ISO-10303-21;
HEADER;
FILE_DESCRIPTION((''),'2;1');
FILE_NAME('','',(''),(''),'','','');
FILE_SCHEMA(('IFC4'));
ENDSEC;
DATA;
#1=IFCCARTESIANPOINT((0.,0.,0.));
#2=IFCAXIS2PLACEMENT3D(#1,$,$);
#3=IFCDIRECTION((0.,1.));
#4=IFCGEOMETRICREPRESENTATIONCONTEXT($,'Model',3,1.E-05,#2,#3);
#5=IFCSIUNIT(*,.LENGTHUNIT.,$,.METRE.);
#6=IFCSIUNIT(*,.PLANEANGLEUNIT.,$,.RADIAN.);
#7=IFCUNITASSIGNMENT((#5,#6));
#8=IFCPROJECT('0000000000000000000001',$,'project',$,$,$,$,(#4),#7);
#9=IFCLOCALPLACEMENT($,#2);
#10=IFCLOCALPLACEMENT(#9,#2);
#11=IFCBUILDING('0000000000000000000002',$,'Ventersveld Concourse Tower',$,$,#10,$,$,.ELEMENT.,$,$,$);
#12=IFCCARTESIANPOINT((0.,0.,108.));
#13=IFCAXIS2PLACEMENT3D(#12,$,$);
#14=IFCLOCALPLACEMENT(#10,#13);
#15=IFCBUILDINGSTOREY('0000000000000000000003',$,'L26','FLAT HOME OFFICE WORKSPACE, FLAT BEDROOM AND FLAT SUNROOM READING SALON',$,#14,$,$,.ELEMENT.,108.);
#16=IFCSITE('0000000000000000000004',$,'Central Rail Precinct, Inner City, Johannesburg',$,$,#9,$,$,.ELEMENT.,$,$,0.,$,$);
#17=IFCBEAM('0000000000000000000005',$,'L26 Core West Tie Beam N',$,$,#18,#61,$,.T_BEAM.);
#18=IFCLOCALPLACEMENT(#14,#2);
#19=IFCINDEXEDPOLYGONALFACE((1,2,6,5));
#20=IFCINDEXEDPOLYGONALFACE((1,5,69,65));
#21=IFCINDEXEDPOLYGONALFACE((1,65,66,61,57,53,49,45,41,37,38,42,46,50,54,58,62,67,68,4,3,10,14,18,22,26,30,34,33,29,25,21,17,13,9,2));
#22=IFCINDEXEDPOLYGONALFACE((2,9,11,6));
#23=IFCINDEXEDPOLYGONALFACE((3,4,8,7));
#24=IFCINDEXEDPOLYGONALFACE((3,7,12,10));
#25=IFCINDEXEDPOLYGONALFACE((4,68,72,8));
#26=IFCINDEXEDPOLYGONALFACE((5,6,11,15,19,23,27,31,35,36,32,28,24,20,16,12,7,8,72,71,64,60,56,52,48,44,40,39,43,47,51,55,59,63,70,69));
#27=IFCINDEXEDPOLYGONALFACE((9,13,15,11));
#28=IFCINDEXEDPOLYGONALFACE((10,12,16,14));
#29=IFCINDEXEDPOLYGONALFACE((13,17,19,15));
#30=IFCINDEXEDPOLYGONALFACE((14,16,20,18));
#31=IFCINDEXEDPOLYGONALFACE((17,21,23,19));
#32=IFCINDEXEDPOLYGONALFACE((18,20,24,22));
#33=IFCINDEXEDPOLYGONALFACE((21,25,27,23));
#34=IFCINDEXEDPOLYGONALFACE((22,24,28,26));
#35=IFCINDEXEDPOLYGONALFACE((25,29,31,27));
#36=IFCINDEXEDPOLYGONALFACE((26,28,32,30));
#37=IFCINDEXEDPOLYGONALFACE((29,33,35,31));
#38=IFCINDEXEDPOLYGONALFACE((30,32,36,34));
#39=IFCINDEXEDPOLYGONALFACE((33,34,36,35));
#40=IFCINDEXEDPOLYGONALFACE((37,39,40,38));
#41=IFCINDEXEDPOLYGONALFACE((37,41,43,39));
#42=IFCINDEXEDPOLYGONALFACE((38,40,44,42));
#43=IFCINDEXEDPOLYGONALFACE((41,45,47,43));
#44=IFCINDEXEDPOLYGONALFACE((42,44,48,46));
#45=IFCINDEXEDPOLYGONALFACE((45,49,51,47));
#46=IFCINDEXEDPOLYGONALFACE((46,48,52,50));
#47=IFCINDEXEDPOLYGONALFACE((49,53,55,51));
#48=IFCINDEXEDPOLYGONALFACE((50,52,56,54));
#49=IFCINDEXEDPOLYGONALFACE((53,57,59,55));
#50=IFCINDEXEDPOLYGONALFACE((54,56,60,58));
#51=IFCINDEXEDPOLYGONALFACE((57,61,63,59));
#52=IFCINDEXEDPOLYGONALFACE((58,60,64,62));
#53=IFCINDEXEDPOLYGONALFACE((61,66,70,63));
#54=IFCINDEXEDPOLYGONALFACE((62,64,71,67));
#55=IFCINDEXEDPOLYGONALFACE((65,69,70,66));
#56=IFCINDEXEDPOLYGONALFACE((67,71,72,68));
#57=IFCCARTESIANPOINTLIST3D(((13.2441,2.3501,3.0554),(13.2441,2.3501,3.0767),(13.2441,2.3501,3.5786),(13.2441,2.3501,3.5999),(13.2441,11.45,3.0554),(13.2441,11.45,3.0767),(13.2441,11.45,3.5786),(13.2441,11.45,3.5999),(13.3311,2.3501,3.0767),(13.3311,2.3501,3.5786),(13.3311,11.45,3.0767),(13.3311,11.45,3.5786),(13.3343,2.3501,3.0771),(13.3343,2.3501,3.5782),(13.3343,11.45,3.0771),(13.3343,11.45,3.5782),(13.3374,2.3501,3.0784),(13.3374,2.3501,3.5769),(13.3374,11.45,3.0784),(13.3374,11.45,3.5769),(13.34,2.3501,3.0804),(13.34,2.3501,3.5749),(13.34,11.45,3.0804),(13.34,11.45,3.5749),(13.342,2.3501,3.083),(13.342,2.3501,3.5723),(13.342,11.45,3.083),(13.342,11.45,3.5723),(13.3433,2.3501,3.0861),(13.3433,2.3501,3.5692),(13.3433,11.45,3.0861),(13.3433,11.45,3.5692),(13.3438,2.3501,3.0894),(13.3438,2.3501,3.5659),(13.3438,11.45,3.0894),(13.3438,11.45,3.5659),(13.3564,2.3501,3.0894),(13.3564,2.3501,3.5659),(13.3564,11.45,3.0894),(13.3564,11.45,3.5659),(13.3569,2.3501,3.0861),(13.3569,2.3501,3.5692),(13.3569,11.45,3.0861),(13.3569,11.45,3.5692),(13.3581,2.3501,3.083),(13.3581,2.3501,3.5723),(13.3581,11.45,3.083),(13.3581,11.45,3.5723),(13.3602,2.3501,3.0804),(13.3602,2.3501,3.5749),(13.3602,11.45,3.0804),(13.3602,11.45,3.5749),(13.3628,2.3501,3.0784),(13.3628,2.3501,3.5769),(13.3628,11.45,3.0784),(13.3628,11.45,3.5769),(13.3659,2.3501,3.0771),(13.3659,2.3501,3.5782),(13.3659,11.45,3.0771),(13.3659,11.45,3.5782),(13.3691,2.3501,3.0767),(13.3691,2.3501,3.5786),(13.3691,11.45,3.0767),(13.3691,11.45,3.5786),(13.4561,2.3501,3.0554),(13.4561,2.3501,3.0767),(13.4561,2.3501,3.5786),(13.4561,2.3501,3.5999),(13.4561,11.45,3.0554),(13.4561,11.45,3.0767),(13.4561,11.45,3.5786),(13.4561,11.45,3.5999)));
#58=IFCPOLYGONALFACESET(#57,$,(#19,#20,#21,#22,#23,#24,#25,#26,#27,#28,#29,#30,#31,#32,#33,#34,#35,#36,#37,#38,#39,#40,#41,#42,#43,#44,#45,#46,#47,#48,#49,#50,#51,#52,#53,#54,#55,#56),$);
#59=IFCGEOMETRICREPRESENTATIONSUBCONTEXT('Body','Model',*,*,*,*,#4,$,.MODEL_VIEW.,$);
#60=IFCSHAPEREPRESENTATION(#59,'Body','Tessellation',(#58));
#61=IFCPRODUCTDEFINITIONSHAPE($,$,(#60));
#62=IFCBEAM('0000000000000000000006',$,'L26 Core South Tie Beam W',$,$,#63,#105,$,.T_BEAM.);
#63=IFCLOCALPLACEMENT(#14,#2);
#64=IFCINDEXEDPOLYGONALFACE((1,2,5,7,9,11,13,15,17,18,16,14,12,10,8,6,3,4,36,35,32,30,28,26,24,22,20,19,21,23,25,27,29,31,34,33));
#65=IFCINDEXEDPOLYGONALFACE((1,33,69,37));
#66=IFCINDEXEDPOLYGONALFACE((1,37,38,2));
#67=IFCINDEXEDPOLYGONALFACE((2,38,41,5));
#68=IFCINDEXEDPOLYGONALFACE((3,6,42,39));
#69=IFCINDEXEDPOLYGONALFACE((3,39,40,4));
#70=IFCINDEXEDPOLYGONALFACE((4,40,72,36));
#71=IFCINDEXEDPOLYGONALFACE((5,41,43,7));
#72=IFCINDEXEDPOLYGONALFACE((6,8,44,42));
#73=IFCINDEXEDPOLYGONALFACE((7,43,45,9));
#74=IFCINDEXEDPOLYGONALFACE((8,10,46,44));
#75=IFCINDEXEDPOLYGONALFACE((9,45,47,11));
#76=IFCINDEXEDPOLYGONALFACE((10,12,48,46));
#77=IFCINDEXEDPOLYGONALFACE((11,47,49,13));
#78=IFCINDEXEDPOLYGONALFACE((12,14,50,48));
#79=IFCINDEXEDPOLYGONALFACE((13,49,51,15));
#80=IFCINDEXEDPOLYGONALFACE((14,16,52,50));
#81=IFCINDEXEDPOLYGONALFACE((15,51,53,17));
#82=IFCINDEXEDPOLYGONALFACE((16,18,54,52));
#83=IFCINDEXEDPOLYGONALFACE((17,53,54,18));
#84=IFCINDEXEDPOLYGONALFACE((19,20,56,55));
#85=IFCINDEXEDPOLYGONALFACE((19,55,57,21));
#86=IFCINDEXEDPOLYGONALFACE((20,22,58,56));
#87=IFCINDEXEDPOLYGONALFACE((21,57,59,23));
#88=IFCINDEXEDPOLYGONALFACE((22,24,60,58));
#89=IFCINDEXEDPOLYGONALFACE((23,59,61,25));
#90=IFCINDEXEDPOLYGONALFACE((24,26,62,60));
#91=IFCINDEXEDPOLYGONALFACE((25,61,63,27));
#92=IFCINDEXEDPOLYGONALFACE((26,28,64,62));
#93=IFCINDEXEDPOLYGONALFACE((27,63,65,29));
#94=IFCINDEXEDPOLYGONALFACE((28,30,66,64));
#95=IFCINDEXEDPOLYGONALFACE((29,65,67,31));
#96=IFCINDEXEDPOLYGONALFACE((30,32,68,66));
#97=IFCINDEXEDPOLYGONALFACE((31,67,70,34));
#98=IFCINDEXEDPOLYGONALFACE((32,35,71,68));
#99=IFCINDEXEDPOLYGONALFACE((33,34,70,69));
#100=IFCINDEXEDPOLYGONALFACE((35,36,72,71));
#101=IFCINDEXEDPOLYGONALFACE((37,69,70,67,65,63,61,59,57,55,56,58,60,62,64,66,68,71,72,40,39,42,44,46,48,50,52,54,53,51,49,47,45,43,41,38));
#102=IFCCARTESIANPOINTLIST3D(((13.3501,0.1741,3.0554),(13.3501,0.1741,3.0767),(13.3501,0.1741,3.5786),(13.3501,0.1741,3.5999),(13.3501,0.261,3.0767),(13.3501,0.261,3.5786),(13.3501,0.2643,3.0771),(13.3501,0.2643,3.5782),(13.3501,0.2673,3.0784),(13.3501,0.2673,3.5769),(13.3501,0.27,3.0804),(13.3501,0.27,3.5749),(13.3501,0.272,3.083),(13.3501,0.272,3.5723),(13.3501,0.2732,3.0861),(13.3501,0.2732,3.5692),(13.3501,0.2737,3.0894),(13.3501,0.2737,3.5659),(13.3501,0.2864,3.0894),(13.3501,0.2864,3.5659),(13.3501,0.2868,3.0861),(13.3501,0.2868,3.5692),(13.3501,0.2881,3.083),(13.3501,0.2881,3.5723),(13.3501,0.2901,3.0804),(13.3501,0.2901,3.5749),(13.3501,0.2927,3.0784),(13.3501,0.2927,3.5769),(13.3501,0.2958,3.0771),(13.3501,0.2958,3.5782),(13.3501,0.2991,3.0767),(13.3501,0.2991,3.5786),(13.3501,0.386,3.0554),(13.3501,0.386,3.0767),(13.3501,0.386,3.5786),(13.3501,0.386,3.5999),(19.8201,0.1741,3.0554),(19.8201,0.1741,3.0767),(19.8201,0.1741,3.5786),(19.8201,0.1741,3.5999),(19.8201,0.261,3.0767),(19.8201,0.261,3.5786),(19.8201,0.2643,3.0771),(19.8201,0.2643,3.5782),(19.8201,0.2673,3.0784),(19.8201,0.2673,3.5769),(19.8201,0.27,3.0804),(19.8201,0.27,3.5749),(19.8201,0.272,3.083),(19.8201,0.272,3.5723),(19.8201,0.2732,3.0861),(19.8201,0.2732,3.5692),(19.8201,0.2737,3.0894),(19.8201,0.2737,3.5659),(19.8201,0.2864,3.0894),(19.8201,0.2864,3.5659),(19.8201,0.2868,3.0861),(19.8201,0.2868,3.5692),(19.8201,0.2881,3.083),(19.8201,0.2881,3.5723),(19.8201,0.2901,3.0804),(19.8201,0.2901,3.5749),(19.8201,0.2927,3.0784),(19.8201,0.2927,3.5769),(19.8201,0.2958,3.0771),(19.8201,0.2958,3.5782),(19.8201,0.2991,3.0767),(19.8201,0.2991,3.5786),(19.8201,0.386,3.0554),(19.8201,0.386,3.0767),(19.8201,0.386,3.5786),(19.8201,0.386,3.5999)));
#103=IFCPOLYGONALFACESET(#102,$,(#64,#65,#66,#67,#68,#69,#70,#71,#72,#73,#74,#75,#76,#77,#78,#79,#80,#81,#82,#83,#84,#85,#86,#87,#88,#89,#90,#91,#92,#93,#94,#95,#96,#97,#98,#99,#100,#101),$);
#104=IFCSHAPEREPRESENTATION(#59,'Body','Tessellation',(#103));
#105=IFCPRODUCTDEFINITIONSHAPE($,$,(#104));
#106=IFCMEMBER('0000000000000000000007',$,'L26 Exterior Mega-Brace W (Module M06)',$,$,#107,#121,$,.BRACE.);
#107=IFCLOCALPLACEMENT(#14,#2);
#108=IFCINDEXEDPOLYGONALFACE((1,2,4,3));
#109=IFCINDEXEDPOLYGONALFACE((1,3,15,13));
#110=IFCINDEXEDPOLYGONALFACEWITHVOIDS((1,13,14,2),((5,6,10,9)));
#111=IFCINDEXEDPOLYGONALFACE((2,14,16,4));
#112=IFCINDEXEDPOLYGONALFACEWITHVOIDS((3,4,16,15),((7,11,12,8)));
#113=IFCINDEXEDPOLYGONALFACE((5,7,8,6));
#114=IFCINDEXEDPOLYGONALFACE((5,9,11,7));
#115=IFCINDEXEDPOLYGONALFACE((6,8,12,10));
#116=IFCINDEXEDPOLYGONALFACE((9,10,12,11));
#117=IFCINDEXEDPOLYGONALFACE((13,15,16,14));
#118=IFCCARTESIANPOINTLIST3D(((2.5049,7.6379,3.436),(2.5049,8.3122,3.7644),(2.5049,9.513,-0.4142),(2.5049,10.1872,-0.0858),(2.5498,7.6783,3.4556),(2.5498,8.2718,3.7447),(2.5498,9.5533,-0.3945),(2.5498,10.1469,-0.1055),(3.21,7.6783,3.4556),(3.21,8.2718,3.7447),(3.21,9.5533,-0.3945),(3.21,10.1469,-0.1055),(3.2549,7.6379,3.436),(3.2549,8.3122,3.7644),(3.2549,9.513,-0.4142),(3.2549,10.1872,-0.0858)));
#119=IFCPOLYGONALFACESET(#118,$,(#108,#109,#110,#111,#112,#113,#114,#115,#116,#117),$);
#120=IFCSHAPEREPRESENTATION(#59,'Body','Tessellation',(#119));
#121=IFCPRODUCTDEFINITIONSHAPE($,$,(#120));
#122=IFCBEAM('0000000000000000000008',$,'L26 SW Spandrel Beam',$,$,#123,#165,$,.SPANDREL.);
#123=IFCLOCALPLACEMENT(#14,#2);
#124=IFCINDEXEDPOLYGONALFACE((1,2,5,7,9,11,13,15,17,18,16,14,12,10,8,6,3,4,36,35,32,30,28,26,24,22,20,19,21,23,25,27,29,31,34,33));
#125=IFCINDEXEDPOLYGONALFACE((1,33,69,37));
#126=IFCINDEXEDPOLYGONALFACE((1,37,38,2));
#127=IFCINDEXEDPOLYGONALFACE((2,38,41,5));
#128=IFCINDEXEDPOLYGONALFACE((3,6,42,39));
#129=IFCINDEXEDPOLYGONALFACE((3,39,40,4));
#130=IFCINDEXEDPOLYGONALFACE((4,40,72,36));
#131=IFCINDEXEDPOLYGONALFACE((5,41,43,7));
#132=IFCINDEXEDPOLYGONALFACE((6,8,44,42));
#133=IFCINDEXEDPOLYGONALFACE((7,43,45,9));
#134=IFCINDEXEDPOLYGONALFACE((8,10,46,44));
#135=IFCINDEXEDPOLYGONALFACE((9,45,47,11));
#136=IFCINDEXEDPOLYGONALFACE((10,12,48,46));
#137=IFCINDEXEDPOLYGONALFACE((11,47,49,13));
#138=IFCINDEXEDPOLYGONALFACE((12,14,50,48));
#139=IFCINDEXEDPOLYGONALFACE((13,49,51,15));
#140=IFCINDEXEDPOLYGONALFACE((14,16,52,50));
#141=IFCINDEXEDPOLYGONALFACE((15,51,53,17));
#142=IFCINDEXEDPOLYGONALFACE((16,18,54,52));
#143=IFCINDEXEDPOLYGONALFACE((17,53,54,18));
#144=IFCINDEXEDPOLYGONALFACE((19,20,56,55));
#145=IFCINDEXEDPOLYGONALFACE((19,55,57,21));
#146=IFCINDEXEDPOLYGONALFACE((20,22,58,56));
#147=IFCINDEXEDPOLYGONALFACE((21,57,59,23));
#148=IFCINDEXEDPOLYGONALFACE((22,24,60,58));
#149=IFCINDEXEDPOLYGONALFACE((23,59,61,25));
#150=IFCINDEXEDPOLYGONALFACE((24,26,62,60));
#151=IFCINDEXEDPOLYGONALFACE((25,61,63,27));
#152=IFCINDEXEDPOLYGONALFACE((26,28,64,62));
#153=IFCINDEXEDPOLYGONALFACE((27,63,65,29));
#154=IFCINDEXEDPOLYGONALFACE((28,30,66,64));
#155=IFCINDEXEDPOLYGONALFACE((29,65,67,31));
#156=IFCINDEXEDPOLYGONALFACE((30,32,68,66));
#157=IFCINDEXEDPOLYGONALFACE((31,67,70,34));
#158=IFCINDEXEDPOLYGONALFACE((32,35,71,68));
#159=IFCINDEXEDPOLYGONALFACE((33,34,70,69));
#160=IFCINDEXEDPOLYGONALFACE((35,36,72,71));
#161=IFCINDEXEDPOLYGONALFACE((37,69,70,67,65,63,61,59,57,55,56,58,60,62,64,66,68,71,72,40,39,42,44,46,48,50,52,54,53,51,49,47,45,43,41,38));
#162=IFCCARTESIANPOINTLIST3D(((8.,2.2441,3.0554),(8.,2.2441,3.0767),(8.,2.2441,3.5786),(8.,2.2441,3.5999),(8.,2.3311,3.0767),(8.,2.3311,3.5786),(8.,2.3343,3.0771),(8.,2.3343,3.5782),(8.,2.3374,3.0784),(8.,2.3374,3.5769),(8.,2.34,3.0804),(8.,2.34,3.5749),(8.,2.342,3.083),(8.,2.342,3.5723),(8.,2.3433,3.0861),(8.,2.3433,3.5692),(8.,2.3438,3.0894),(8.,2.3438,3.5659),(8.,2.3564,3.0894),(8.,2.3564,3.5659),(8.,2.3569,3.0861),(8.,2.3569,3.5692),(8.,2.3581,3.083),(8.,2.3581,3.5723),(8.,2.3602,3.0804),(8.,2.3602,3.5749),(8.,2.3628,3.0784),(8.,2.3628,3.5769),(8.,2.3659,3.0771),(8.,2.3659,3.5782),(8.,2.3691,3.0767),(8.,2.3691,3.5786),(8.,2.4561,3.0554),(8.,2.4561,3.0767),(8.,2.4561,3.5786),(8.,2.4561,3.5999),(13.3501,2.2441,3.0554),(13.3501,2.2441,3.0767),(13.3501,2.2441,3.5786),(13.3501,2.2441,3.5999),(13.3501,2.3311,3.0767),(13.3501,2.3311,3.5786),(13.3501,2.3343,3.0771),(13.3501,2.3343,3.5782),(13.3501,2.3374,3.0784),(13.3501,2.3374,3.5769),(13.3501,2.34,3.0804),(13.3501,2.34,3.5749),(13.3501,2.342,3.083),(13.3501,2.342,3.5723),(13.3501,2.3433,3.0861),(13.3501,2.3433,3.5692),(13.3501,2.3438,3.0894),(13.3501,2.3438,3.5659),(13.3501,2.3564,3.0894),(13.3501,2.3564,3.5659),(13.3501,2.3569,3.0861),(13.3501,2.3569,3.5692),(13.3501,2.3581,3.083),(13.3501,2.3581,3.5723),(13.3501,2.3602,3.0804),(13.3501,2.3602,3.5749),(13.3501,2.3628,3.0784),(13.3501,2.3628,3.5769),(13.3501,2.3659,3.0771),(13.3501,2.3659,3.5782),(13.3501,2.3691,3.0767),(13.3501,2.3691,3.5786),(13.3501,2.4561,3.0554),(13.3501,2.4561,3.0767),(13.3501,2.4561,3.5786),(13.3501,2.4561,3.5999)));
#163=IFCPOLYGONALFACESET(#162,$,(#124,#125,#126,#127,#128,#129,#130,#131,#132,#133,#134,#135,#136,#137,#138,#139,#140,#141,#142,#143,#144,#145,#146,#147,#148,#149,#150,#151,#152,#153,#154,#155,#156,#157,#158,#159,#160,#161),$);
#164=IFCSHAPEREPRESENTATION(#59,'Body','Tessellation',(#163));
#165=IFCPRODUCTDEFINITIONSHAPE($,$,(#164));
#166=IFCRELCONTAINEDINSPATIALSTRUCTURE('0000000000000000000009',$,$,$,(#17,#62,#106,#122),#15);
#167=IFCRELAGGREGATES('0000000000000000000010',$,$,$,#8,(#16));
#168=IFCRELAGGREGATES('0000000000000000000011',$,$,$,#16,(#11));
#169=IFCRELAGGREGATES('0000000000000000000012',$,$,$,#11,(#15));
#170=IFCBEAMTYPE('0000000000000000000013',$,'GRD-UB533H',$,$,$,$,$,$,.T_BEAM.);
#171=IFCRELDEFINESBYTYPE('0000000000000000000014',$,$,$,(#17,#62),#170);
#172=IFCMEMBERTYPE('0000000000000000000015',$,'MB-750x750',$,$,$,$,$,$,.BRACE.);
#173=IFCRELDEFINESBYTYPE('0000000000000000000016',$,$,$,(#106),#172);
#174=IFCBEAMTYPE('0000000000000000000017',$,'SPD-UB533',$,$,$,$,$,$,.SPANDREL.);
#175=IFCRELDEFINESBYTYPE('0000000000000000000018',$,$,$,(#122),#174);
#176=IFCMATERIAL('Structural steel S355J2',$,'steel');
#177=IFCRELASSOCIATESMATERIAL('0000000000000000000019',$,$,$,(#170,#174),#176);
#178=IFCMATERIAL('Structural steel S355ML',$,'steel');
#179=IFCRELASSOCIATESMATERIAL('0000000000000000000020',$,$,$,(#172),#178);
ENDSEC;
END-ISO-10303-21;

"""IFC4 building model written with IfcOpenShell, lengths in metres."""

from ifc_helpers import new_model, si_unit, direction, frame, origin, origin_2d, place, context, subcontext, project, spatial, hollow_rectangle, i_section, extrude, material, material_profile, profile_set, type_object, element, save


model = new_model("IFC4")

# Units and contexts
model_context = context("Model", 3, precision=1e-05, world=origin(), true_north=direction((0.0, 1.0)))
body_context = subcontext(model_context, "Body", "Model", "MODEL_VIEW")
ifc_project = project(units=[si_unit("LENGTHUNIT", "METRE"), si_unit("PLANEANGLEUNIT", "RADIAN")], contexts=[model_context])

# Site, building, storey
site_placement = place(None, origin())
site = spatial("IfcSite", under=ifc_project, at=site_placement, Name="Central Rail Precinct, Inner City, Johannesburg", CompositionType="ELEMENT", RefElevation=0.0)
building_placement = place(site_placement, origin())
building = spatial("IfcBuilding", under=site, at=building_placement, Name="Ventersveld Concourse Tower", CompositionType="ELEMENT")
storey_placement = place(building_placement, frame((0.0, 0.0, 108.0)))
storey = spatial("IfcBuildingStorey", under=building, at=storey_placement, Name="L26", Description="FLAT HOME OFFICE WORKSPACE, FLAT BEDROOM AND FLAT SUNROOM READING SALON", CompositionType="ELEMENT", Elevation=108.0)

# Beams
ifc_material_1 = material(Name="Structural steel S355J2", Category="steel")
ifc_material_profile_1 = material_profile(ifc_material_1, i_section(OverallWidth=0.2119, OverallDepth=0.5444, WebThickness=0.0127, FlangeThickness=0.0212, FilletRadius=0.0127, at=origin_2d()), Name="UB 533x210x122")
ifc_profile_set_1 = profile_set([ifc_material_profile_1], Name="Structural steel S355J2")
beam_type_1 = type_object("IfcBeamType", Name="GRD-UB533H", PredefinedType="T_BEAM", material=ifc_profile_set_1)
beam_1_placement = place(storey_placement, frame((13.3501, 2.3501, 3.3276), z_axis=(0.0, 1.0, 0.0), x_axis=(-1.0, 0.0, 0.0)))
element("IfcBeam", 1, at=beam_1_placement, inside=storey, type_object=beam_type_1, Name="L26 Core West Tie Beam N", PredefinedType="T_BEAM", context=body_context, shape_type="SweptSolid", body=[
    extrude(i_section(OverallWidth=0.2119, OverallDepth=0.5444, WebThickness=0.0127, FlangeThickness=0.0212, FilletRadius=0.0127, at=origin_2d()), origin(), (0.0, 0.0, 1.0), 9.0999),
])
beam_2_placement = place(storey_placement, frame((13.3501, 0.28, 3.3276), z_axis=(1.0, 0.0, 0.0), x_axis=(0.0, 1.0, 0.0)))
element("IfcBeam", 2, at=beam_2_placement, inside=storey, type_object=beam_type_1, Name="L26 Core South Tie Beam W", PredefinedType="T_BEAM", context=body_context, shape_type="SweptSolid", body=[
    extrude(i_section(OverallWidth=0.2119, OverallDepth=0.5444, WebThickness=0.0127, FlangeThickness=0.0212, FilletRadius=0.0127, at=origin_2d()), origin(), (0.0, 0.0, 1.0), 6.47),
])

# Member
ifc_material_2 = material(Name="Structural steel S355ML", Category="steel")
ifc_material_profile_2 = material_profile(ifc_material_2, hollow_rectangle(XDim=0.75, YDim=0.75, WallThickness=0.0449, at=origin_2d()), Name="BOX 750x750x45")
ifc_profile_set_2 = profile_set([ifc_material_profile_2], Name="Structural steel S355ML")
member_type = type_object("IfcMemberType", Name="MB-750x750", PredefinedType="BRACE", material=ifc_profile_set_2)
member_placement = place(storey_placement, frame((2.8799, 9.8501, -0.25), z_axis=(0.0, -0.437839, 0.899053), x_axis=(1.0, 0.0, 0.0)))
element("IfcMember", 3, at=member_placement, inside=storey, type_object=member_type, Name="L26 Exterior Mega-Brace W (Module M06)", PredefinedType="BRACE", context=body_context, shape_type="SweptSolid", body=[
    extrude(hollow_rectangle(XDim=0.75, YDim=0.75, WallThickness=0.0449, at=origin_2d()), origin(), (0.0, 0.0, 1.0), 4.2825),
])

# Beam
ifc_material_profile_3 = material_profile(ifc_material_1, i_section(OverallWidth=0.2119, OverallDepth=0.5444, WebThickness=0.0127, FlangeThickness=0.0212, FilletRadius=0.0127, at=origin_2d()), Name="UB 533x210x122")
ifc_profile_set_3 = profile_set([ifc_material_profile_3], Name="Structural steel S355J2")
beam_type_2 = type_object("IfcBeamType", Name="SPD-UB533", PredefinedType="SPANDREL", material=ifc_profile_set_3)
beam_3_placement = place(storey_placement, frame((8.0, 2.3501, 3.3276), z_axis=(1.0, 0.0, 0.0), x_axis=(0.0, 1.0, 0.0)))
element("IfcBeam", 4, at=beam_3_placement, inside=storey, type_object=beam_type_2, Name="L26 SW Spandrel Beam", PredefinedType="SPANDREL", context=body_context, shape_type="SweptSolid", body=[
    extrude(i_section(OverallWidth=0.2119, OverallDepth=0.5444, WebThickness=0.0127, FlangeThickness=0.0212, FilletRadius=0.0127, at=origin_2d()), origin(), (0.0, 0.0, 1.0), 5.3501),
])

save(model, "model.ifc")
